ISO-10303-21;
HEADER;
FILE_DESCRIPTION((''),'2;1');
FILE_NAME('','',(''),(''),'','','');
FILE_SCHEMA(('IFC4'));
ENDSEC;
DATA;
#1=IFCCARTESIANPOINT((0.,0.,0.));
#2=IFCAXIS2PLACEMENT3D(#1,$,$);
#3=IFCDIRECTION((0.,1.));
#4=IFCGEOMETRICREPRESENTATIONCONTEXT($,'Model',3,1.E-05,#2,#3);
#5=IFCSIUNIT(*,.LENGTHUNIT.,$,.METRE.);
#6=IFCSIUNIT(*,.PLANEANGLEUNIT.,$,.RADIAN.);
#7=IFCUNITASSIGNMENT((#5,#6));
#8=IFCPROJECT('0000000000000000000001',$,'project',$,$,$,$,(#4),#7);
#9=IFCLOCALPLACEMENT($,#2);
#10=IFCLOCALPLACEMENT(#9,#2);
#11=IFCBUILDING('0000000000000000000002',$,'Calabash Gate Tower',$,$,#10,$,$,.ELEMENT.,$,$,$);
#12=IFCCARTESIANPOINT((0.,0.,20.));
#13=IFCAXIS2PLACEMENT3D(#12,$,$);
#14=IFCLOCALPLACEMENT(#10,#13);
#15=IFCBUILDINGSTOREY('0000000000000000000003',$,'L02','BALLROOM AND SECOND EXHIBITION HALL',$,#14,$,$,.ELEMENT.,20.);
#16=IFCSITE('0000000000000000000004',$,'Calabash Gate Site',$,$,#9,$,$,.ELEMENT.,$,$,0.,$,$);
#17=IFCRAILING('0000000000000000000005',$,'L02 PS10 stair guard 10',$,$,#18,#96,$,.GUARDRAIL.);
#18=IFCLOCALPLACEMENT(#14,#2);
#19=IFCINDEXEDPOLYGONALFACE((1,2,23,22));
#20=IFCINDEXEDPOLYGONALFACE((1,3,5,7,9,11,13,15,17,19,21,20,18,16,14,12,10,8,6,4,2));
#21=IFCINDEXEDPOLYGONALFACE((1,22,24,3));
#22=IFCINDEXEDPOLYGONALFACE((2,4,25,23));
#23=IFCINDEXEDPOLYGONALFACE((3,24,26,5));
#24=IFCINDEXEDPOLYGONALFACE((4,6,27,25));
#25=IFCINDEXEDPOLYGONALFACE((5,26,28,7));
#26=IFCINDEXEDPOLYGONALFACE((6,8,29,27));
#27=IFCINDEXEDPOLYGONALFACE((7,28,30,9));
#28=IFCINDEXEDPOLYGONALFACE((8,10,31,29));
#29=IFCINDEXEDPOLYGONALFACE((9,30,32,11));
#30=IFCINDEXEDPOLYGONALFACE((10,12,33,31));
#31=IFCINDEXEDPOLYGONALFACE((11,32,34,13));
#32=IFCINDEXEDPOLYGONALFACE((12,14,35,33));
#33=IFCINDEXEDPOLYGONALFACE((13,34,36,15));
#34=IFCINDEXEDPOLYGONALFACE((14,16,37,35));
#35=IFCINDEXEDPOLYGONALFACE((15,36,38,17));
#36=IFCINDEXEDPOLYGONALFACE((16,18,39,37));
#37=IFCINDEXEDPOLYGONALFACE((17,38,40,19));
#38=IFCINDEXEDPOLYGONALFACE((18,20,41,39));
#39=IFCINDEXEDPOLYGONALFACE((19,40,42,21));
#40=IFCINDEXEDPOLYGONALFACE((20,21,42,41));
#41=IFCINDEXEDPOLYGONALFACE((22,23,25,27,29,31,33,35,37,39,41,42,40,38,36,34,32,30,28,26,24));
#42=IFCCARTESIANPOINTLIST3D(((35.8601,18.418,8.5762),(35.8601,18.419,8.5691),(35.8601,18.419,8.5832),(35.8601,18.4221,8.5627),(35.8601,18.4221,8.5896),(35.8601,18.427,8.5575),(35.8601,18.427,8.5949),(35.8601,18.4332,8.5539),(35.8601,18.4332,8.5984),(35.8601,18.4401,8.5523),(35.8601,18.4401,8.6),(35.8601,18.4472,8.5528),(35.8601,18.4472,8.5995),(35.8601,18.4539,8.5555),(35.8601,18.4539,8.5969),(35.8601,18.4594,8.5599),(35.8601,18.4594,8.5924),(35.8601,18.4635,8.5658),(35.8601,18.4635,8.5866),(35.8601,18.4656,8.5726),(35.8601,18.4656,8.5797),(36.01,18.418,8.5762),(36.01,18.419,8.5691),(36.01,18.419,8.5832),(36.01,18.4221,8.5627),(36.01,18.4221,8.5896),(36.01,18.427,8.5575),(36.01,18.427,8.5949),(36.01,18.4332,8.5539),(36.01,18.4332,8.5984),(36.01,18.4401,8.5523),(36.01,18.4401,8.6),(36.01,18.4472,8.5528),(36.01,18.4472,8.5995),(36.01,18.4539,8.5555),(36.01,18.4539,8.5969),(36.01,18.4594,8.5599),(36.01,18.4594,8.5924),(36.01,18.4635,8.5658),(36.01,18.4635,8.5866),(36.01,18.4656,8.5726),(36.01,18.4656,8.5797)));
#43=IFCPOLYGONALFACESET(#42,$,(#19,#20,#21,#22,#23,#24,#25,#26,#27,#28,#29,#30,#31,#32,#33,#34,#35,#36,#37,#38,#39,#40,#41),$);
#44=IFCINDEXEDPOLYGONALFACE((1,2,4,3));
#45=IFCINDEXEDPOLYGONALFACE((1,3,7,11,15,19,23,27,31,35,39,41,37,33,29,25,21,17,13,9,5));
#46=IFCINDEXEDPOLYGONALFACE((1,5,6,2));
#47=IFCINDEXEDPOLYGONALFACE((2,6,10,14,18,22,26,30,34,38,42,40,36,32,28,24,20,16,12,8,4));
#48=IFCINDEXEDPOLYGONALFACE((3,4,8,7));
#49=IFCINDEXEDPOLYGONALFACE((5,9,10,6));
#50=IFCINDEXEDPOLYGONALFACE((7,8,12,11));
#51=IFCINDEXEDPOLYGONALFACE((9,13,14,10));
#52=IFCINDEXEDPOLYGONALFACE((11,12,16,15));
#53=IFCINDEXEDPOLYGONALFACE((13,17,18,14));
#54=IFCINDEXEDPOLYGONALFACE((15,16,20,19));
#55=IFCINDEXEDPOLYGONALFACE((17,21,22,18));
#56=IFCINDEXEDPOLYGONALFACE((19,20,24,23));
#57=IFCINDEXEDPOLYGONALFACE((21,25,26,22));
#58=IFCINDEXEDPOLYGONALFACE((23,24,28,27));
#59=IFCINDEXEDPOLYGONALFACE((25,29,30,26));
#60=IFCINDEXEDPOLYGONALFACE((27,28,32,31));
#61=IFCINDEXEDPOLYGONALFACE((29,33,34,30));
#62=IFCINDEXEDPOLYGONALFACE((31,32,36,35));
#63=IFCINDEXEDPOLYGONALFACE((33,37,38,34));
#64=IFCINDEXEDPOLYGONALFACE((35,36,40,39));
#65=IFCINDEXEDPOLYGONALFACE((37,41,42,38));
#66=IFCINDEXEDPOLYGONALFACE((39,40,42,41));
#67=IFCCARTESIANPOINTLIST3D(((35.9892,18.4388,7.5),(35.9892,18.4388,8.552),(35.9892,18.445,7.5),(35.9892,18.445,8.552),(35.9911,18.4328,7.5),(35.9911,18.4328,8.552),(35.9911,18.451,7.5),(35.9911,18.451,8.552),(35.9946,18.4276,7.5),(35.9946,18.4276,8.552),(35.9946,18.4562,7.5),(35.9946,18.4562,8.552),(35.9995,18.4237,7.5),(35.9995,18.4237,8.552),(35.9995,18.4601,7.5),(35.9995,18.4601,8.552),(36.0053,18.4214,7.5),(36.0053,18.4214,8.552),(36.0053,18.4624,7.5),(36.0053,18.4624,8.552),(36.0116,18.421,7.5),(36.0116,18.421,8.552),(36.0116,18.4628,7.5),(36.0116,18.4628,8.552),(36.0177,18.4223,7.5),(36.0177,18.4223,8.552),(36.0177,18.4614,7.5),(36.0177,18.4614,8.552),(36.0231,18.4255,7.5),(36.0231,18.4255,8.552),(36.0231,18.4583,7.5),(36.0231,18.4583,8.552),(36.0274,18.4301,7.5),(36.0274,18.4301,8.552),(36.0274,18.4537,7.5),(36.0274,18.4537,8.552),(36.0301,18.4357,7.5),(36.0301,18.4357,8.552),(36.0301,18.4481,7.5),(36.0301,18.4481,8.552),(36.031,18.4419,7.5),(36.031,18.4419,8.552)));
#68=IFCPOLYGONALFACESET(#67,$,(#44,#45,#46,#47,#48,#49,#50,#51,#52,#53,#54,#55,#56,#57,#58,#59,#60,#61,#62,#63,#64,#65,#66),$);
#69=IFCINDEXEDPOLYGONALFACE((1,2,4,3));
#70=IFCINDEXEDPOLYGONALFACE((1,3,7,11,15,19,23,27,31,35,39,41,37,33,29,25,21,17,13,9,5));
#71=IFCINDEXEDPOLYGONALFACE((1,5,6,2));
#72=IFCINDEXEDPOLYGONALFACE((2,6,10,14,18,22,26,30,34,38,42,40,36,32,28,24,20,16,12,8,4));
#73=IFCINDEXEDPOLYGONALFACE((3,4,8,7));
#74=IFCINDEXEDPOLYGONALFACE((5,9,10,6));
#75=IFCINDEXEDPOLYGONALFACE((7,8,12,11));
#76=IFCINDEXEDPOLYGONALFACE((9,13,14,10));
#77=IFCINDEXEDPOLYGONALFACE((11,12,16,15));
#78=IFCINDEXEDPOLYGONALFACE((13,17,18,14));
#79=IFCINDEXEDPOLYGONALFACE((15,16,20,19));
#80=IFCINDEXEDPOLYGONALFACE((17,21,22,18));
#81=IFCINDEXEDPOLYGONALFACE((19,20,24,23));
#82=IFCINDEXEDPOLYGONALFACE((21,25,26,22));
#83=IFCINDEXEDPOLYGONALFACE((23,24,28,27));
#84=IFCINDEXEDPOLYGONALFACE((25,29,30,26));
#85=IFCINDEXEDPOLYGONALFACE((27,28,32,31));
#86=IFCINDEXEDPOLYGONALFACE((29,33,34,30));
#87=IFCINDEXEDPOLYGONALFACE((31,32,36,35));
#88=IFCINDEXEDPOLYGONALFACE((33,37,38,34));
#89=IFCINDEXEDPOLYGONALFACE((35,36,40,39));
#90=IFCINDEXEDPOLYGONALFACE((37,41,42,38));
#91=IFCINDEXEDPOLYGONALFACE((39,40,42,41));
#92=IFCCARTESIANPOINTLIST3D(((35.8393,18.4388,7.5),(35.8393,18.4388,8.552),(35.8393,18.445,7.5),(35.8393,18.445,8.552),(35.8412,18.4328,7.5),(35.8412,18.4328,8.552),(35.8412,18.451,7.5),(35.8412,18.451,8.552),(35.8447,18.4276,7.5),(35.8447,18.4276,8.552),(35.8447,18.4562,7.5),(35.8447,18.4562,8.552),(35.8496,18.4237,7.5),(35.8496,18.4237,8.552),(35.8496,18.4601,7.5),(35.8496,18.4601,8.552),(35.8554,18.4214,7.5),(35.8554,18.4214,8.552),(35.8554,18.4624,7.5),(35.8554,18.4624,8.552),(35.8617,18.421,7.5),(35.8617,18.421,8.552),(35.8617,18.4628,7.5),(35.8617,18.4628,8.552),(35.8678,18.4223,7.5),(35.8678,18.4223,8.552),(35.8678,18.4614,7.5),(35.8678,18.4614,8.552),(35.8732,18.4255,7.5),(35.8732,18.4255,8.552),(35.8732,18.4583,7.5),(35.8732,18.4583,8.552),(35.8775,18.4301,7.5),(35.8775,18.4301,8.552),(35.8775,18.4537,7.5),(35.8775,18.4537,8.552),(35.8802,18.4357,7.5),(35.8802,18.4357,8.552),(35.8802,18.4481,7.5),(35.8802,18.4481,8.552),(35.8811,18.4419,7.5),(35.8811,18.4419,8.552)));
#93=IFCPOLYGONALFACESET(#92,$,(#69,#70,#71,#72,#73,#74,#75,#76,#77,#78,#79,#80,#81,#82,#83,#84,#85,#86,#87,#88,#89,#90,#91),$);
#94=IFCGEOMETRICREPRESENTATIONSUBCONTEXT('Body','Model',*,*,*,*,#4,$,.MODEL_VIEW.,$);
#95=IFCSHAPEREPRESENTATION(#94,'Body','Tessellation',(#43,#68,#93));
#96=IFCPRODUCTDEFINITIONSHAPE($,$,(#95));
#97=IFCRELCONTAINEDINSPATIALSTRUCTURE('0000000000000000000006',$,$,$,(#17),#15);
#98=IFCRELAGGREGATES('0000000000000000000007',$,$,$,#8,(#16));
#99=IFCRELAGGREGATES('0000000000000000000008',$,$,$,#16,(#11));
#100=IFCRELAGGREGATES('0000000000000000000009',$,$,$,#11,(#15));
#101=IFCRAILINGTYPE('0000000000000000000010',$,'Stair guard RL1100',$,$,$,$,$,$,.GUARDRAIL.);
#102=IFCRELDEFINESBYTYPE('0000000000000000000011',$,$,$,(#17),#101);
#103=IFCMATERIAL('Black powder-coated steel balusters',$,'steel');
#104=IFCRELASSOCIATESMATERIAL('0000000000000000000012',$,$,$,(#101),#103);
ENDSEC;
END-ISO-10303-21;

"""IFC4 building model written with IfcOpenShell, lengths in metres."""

from ifc_helpers import new_model, si_unit, direction, frame, origin, origin_2d, place, context, subcontext, project, spatial, circle, extrude, material, type_object, element, save


model = new_model("IFC4")

# Units and contexts
model_context = context("Model", 3, precision=1e-05, world=origin(), true_north=direction((0.0, 1.0)))
body_context = subcontext(model_context, "Body", "Model", "MODEL_VIEW")
ifc_project = project(units=[si_unit("LENGTHUNIT", "METRE"), si_unit("PLANEANGLEUNIT", "RADIAN")], contexts=[model_context])

# Site, building, storey
site_placement = place(None, origin())
site = spatial("IfcSite", under=ifc_project, at=site_placement, Name="Calabash Gate Site", CompositionType="ELEMENT", RefElevation=0.0)
building_placement = place(site_placement, origin())
building = spatial("IfcBuilding", under=site, at=building_placement, Name="Calabash Gate Tower", CompositionType="ELEMENT")
storey_placement = place(building_placement, frame((0.0, 0.0, 20.0)))
storey = spatial("IfcBuildingStorey", under=building, at=storey_placement, Name="L02", Description="BALLROOM AND SECOND EXHIBITION HALL", CompositionType="ELEMENT", Elevation=20.0)

# Railing
ifc_material_1 = material(Name="Black powder-coated steel balusters", Category="steel")
railing_type_1 = type_object("IfcRailingType", Name="Stair guard RL1100", PredefinedType="GUARDRAIL", material=ifc_material_1)
railing_1_placement = place(storey_placement, frame((36.01, 18.4419, 7.5)))
element("IfcRailing", 1, at=railing_1_placement, inside=storey, type_object=railing_type_1, Name="L02 PS10 stair guard 10", PredefinedType="GUARDRAIL", context=body_context, shape_type="SweptSolid", body=[
    extrude(circle(Radius=0.0239, at=origin_2d()), frame((0.0, 0.0, 1.0762), z_axis=(-1.0, 0.0, 0.0), x_axis=(0.0, -1.0, 0.0)), (0.0, 0.0, 1.0), 0.1499),
    extrude(circle(Radius=0.021, at=origin_2d()), origin(), (0.0, 0.0, 1.0), 1.052),
    extrude(circle(Radius=0.021, at=origin_2d()), frame((-0.1499, 0.0, 0.0)), (0.0, 0.0, 1.0), 1.052),
])

save(model, "model.ifc")
